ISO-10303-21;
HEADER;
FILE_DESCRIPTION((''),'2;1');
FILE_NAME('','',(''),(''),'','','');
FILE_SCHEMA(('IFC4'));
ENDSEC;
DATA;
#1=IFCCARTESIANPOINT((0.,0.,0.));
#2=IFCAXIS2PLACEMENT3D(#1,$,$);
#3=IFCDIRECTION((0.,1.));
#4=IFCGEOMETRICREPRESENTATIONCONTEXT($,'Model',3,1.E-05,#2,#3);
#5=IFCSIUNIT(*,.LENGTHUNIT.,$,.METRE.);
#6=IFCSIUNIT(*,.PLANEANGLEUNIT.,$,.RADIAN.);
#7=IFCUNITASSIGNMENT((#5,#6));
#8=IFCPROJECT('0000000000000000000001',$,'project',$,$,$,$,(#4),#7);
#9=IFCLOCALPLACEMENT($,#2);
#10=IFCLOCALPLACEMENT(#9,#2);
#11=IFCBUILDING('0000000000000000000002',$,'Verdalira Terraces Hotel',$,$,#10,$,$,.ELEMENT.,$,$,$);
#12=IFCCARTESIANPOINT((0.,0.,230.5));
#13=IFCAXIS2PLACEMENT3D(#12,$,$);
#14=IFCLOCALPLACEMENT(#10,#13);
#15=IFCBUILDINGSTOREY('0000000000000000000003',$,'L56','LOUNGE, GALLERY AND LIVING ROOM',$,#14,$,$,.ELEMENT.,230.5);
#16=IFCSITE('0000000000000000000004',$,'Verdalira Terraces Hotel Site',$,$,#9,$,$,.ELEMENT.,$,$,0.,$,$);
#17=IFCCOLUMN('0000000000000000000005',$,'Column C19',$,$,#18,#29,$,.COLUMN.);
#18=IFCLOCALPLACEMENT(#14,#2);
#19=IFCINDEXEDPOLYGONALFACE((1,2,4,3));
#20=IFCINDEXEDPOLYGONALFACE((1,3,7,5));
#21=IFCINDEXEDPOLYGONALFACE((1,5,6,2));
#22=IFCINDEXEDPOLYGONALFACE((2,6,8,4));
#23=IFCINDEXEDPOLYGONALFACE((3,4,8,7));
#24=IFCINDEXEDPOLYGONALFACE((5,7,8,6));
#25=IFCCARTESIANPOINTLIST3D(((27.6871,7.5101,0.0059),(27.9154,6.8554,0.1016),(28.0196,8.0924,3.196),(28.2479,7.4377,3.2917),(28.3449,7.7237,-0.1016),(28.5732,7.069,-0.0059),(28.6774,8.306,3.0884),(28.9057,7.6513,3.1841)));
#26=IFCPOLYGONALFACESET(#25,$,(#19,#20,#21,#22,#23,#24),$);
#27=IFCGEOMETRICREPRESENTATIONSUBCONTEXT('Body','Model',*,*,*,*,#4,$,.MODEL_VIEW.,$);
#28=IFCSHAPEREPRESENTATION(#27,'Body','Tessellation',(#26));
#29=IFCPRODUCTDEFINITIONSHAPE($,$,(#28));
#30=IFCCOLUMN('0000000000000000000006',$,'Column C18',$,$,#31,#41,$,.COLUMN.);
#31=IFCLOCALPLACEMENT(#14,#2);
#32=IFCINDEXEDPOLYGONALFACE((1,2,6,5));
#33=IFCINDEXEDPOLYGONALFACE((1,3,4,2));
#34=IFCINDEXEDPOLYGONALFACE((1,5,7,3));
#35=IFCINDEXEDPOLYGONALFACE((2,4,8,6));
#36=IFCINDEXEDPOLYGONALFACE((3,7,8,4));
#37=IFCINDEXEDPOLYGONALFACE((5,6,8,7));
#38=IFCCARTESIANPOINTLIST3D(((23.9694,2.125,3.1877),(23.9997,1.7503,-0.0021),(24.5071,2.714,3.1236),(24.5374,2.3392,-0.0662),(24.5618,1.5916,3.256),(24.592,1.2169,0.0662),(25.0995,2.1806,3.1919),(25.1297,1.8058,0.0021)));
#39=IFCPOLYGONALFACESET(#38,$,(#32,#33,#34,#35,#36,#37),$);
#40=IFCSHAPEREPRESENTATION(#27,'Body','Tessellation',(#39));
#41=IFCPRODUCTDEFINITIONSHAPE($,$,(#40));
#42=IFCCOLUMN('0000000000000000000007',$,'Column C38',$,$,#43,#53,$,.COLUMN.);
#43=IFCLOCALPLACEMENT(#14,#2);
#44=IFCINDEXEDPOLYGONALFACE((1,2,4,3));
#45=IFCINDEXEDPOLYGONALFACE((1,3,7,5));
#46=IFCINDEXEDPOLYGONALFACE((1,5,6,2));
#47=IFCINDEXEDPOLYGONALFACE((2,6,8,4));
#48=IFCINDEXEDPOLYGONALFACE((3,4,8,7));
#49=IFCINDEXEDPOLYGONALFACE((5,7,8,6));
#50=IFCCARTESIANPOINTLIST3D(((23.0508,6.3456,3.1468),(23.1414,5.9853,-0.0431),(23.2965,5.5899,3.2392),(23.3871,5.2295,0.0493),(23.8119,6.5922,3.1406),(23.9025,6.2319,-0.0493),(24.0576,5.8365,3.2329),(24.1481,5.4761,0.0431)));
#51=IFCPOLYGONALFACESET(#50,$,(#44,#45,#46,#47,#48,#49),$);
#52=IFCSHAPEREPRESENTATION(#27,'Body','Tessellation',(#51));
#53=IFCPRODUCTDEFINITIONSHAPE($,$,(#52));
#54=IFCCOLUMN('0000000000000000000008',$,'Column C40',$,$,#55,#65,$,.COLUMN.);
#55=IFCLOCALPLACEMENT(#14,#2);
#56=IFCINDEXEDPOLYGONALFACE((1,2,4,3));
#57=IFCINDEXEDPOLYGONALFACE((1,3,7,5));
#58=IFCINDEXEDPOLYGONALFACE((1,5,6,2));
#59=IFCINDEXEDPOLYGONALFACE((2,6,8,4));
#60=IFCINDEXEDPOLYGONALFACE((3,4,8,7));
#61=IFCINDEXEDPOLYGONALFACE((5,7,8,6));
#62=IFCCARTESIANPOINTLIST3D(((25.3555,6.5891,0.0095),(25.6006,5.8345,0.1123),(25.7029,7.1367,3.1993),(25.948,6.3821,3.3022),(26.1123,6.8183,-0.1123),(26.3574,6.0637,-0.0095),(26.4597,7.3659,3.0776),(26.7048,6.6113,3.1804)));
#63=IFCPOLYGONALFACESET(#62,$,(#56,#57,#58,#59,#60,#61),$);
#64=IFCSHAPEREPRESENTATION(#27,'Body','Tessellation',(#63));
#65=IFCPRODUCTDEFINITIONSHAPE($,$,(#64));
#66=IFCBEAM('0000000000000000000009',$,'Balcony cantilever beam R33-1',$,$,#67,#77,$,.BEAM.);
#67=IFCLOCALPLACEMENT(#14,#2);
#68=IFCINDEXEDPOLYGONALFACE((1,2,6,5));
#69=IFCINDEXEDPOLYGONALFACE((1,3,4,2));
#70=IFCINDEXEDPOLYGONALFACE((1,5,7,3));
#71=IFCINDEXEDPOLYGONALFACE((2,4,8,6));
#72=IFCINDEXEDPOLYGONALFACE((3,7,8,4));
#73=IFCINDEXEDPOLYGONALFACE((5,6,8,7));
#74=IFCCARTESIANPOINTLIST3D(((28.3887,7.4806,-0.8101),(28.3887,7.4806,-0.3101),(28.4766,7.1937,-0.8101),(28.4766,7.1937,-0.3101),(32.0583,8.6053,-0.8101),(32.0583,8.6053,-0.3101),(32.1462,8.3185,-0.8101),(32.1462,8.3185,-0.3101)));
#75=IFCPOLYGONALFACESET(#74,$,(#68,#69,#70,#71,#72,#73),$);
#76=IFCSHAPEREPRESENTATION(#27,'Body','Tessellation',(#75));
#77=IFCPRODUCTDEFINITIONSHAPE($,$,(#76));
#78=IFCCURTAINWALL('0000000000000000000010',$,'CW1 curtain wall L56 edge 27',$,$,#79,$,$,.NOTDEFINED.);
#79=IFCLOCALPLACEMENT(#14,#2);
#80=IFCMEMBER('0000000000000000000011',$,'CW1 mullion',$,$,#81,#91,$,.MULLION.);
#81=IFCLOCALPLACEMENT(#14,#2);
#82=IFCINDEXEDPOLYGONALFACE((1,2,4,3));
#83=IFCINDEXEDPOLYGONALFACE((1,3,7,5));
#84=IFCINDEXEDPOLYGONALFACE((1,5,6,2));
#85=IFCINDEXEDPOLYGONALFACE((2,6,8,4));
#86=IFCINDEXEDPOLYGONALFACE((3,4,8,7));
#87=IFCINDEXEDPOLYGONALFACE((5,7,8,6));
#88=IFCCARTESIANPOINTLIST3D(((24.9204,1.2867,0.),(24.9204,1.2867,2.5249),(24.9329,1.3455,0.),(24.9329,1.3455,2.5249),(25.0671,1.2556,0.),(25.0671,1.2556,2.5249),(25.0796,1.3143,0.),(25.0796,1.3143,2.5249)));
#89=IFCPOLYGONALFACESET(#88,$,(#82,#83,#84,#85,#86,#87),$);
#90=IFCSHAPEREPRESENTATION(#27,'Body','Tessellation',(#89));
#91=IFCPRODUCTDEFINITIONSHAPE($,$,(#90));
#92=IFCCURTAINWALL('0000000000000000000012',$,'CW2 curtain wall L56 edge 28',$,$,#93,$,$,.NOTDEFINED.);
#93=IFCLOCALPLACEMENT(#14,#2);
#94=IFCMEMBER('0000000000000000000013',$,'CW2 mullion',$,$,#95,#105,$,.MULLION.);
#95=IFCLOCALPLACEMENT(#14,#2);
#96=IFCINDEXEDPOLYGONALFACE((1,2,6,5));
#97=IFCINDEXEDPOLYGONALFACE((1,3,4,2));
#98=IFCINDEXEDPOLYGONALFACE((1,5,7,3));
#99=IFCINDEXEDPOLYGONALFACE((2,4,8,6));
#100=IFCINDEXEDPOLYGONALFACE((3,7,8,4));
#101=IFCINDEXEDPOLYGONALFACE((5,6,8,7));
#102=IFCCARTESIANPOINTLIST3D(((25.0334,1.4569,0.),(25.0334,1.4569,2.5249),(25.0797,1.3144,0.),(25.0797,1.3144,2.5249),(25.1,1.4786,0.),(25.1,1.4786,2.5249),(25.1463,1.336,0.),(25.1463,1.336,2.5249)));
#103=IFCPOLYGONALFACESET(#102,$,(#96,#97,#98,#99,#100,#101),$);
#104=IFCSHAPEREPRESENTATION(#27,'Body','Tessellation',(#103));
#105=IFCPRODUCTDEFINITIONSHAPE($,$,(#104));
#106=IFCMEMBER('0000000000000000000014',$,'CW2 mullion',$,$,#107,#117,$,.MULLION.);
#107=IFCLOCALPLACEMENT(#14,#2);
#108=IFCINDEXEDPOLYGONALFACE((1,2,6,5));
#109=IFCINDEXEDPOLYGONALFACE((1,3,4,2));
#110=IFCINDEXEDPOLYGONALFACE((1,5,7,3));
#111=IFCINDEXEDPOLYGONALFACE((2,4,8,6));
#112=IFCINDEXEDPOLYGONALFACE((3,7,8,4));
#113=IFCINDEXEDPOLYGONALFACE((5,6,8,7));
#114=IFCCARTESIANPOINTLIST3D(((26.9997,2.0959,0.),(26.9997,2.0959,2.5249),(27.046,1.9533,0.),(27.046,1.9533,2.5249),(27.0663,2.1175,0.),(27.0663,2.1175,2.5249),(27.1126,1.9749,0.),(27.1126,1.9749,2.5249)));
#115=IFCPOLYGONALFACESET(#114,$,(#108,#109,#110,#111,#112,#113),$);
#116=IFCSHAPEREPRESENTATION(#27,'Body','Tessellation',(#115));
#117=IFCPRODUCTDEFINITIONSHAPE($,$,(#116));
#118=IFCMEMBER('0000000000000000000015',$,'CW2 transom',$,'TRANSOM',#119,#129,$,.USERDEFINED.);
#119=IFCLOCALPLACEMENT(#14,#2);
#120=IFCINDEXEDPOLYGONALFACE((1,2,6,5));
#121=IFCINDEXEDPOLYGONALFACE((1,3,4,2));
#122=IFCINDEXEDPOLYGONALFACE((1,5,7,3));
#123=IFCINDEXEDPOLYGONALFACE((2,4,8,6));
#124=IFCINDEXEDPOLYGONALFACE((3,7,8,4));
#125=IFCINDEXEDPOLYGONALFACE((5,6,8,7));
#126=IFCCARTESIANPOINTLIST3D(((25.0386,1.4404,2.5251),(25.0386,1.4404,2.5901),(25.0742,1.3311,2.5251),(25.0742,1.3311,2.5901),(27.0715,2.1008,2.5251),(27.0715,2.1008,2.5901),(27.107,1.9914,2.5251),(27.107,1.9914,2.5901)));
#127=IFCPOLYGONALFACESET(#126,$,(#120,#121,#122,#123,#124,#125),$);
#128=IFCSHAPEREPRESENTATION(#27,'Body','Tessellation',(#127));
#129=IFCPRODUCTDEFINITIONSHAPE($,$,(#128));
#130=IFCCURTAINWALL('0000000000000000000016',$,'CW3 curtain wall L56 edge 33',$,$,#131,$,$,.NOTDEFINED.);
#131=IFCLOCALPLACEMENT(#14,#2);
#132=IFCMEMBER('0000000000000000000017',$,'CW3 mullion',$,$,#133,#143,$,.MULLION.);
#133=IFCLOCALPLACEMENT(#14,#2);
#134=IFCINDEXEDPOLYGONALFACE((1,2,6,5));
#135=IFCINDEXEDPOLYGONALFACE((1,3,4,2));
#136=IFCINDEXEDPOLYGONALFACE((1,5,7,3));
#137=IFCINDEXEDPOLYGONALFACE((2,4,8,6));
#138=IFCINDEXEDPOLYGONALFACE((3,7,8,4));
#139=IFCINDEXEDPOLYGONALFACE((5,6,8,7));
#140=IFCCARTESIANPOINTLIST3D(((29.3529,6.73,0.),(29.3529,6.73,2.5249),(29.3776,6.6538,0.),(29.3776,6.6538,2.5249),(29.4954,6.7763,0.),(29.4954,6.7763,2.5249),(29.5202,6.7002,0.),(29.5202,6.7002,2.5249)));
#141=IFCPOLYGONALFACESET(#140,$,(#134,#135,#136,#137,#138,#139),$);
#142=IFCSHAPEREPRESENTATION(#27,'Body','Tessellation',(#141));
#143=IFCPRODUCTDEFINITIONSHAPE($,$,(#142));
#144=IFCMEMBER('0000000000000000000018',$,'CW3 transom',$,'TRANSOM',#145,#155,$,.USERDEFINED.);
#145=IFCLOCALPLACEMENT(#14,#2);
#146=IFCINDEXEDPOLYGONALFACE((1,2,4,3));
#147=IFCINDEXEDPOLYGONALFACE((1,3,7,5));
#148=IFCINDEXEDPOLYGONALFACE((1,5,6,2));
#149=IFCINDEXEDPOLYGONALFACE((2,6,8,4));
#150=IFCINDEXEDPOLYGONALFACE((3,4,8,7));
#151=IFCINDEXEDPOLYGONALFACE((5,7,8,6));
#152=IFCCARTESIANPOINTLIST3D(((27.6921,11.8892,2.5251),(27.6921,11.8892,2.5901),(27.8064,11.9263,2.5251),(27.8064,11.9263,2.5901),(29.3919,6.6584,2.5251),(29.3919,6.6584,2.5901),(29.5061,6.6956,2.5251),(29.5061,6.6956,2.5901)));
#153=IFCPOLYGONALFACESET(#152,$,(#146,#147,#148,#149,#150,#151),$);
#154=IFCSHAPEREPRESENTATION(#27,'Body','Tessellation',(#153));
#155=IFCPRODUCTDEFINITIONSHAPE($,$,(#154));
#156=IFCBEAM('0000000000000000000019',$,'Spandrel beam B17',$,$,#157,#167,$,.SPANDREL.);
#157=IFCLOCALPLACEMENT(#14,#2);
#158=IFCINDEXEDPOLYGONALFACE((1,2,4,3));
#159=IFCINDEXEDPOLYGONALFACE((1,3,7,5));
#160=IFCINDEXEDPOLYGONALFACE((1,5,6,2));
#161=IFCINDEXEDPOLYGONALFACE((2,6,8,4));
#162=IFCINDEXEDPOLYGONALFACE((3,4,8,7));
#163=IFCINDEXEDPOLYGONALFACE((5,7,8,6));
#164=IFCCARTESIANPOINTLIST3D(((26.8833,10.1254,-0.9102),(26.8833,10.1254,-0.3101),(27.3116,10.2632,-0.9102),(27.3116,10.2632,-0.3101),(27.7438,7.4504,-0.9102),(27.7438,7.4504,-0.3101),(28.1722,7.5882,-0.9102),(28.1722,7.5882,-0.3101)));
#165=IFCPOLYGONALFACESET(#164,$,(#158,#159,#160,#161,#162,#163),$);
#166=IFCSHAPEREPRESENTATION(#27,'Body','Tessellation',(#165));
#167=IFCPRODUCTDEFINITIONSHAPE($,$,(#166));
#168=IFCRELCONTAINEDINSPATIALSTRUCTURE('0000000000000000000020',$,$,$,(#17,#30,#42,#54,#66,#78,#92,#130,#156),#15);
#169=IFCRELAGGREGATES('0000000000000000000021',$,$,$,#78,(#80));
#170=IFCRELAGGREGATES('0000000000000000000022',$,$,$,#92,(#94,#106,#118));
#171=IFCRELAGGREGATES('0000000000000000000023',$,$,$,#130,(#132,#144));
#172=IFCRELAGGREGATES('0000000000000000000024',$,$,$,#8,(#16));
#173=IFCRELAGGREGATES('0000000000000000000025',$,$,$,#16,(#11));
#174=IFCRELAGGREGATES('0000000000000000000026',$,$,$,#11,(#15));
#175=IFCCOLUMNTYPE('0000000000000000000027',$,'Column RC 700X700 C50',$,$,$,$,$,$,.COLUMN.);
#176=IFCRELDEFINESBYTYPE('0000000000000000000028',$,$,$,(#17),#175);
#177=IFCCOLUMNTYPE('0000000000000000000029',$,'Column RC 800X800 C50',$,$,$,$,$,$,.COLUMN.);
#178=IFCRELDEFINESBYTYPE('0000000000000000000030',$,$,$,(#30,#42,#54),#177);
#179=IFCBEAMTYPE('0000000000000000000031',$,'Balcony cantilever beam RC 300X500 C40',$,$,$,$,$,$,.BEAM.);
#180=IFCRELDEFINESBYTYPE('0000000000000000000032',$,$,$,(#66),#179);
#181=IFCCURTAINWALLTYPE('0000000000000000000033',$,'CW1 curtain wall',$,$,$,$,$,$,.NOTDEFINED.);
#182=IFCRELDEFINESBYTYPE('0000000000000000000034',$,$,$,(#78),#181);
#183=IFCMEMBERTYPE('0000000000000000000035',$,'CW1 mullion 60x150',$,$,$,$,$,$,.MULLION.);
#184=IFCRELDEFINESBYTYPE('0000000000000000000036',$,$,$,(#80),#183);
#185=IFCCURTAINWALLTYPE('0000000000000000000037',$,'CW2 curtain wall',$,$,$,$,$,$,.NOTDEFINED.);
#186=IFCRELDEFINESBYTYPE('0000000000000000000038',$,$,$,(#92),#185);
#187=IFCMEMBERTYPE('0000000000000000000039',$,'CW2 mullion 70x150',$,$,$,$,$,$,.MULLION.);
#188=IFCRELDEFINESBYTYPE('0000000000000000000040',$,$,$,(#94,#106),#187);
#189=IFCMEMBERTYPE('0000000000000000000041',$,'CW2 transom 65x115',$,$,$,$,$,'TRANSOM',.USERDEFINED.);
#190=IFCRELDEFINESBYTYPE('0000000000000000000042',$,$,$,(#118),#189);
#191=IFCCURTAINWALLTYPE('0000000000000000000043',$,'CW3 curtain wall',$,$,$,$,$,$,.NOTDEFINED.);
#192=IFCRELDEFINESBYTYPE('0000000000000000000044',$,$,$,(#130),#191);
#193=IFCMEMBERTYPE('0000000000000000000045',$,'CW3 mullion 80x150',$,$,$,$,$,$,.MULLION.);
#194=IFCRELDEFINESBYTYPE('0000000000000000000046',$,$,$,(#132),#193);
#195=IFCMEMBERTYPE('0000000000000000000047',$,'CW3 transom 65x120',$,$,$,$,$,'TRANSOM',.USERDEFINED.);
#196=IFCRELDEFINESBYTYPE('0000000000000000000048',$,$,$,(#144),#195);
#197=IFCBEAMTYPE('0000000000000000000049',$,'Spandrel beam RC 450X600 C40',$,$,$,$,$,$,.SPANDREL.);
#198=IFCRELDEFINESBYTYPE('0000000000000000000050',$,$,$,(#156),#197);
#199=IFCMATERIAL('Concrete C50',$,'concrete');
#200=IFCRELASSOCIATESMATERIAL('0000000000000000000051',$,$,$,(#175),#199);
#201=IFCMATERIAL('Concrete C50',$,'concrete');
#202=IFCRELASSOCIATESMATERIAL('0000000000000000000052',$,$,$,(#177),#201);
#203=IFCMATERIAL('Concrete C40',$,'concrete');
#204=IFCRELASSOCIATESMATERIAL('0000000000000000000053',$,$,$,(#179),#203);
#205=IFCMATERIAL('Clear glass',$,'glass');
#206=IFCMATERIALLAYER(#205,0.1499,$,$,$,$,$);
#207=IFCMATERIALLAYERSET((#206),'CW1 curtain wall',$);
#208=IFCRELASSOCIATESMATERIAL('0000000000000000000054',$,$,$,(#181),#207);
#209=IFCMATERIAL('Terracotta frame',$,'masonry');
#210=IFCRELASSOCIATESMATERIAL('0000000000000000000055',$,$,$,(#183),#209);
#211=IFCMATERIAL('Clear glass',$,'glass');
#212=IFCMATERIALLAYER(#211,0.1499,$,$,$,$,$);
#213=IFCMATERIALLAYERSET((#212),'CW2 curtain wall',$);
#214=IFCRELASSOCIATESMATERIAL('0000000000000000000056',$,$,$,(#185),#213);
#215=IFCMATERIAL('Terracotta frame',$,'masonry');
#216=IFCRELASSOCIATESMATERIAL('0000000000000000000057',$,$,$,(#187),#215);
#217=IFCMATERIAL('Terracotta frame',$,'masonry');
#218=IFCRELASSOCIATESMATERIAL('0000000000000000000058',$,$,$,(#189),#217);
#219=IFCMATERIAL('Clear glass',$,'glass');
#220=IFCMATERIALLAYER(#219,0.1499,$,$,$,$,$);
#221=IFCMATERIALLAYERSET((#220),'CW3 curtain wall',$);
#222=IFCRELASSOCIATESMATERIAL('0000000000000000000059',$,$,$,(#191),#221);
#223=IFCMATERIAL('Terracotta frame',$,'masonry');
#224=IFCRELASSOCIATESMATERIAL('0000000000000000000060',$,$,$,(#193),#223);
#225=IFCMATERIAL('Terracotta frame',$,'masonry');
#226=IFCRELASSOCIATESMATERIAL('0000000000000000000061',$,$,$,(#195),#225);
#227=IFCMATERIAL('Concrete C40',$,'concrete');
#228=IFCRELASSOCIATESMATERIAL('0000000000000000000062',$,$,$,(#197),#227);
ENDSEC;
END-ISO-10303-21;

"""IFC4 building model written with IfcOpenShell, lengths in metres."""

from ifc_helpers import new_model, si_unit, direction, frame, origin, origin_2d, place, context, subcontext, project, spatial, rectangle, extrude, material, layer, layer_set, material_profile, profile_set, type_object, element, aggregate, save


model = new_model("IFC4")

# Units and contexts
model_context = context("Model", 3, precision=1e-05, world=origin(), true_north=direction((0.0, 1.0)))
body_context = subcontext(model_context, "Body", "Model", "MODEL_VIEW")
ifc_project = project(units=[si_unit("LENGTHUNIT", "METRE"), si_unit("PLANEANGLEUNIT", "RADIAN")], contexts=[model_context])

# Site, building, storey
site_placement = place(None, origin())
site = spatial("IfcSite", under=ifc_project, at=site_placement, Name="Verdalira Terraces Hotel Site", CompositionType="ELEMENT", RefElevation=0.0)
building_placement = place(site_placement, origin())
building = spatial("IfcBuilding", under=site, at=building_placement, Name="Verdalira Terraces Hotel", CompositionType="ELEMENT")
storey_placement = place(building_placement, frame((0.0, 0.0, 230.5)))
storey = spatial("IfcBuildingStorey", under=building, at=storey_placement, Name="L56", Description="LOUNGE, GALLERY AND LIVING ROOM", CompositionType="ELEMENT", Elevation=230.5)

# Columns
ifc_material_1 = material(Name="Concrete C50", Category="concrete")
ifc_material_profile_1 = material_profile(ifc_material_1, rectangle(XDim=0.7, YDim=0.7, at=origin_2d()), Name="RC 700X700")
ifc_profile_set_1 = profile_set([ifc_material_profile_1], Name="Concrete C50")
column_type_1 = type_object("IfcColumnType", Name="Column RC 700X700 C50", PredefinedType="COLUMN", material=ifc_profile_set_1)
column_1_placement = place(storey_placement, frame((28.1301, 7.2896, 0.0), z_axis=(0.102011, 0.178631, 0.978614), x_axis=(-0.326142, 0.935378, -0.136742)))
element("IfcColumn", 1, at=column_1_placement, inside=storey, type_object=column_type_1, Name="Column C19", PredefinedType="COLUMN", context=body_context, shape_type="SweptSolid", body=[
    extrude(rectangle(XDim=0.7, YDim=0.7, at=origin_2d()), origin(), (0.0, 0.0, 1.0), 3.2598),
])
ifc_material_2 = material(Name="Concrete C50", Category="concrete")
ifc_material_profile_2 = material_profile(ifc_material_2, rectangle(XDim=0.8, YDim=0.8, at=origin_2d()), Name="RC 800X800")
ifc_profile_set_2 = profile_set([ifc_material_profile_2], Name="Concrete C50")
column_type_2 = type_object("IfcColumnType", Name="Column RC 800X800 C50", PredefinedType="COLUMN", material=ifc_profile_set_2)
column_2_placement = place(storey_placement, frame((24.5647, 1.7781, 0.0), z_axis=(-0.009425, 0.116673, 0.993126), x_axis=(-0.672082, -0.736131, 0.080103)))
element("IfcColumn", 2, at=column_2_placement, inside=storey, type_object=column_type_2, Name="Column C18", PredefinedType="COLUMN", context=body_context, shape_type="SweptSolid", body=[
    extrude(rectangle(XDim=0.8, YDim=0.8, at=origin_2d()), origin(), (0.0, 0.0, 1.0), 3.2119),
])
column_3_placement = place(storey_placement, frame((23.6448, 5.7307, 0.0), z_axis=(-0.028204, 0.112206, 0.993285), x_axis=(0.951278, 0.308235, -0.007809)))
element("IfcColumn", 3, at=column_3_placement, inside=storey, type_object=column_type_2, Name="Column C38", PredefinedType="COLUMN", context=body_context, shape_type="SweptSolid", body=[
    extrude(rectangle(XDim=0.8, YDim=0.8, at=origin_2d()), origin(), (0.0, 0.0, 1.0), 3.2114),
])
column_4_placement = place(storey_placement, frame((25.8564, 6.3264, 0.0), z_axis=(0.106725, 0.168226, 0.979954), x_axis=(0.945903, 0.286534, -0.152205)))
element("IfcColumn", 4, at=column_4_placement, inside=storey, type_object=column_type_2, Name="Column C40", PredefinedType="COLUMN", context=body_context, shape_type="SweptSolid", body=[
    extrude(rectangle(XDim=0.8, YDim=0.8, at=origin_2d()), origin(), (0.0, 0.0, 1.0), 3.2551),
])

# Beam
ifc_material_3 = material(Name="Concrete C40", Category="concrete")
ifc_material_profile_3 = material_profile(ifc_material_3, rectangle(XDim=0.3, YDim=0.5, at=origin_2d()), Name="RC 300X500")
ifc_profile_set_3 = profile_set([ifc_material_profile_3], Name="Concrete C40")
beam_type_1 = type_object("IfcBeamType", Name="Balcony cantilever beam RC 300X500 C40", PredefinedType="BEAM", material=ifc_profile_set_3)
beam_1_placement = place(storey_placement, frame((28.4326, 7.3372, -0.5601), z_axis=(0.956099, 0.293044, 0.0), x_axis=(-0.293044, 0.956099, 0.0)))
element("IfcBeam", 5, at=beam_1_placement, inside=storey, type_object=beam_type_1, Name="Balcony cantilever beam R33-1", PredefinedType="BEAM", context=body_context, shape_type="SweptSolid", body=[
    extrude(rectangle(XDim=0.3, YDim=0.5, at=origin_2d()), origin(), (0.0, 0.0, 1.0), 3.8381),
])

# Curtain wall, member
ifc_material_4 = material(Name="Clear glass", Category="glass")
ifc_layer_1 = layer(ifc_material_4, 0.1499)
ifc_layer_set_1 = layer_set([ifc_layer_1], Name="CW1 curtain wall")
curtain_wall_type_1 = type_object("IfcCurtainWallType", Name="CW1 curtain wall", PredefinedType="NOTDEFINED", material=ifc_layer_set_1)
curtain_wall_1_placement = place(storey_placement, origin())
curtain_wall_1 = element("IfcCurtainWall", 6, at=curtain_wall_1_placement, inside=storey, type_object=curtain_wall_type_1, Name="CW1 curtain wall L56 edge 27", PredefinedType="NOTDEFINED")
ifc_material_5 = material(Name="Terracotta frame", Category="masonry")
ifc_material_profile_4 = material_profile(ifc_material_5, rectangle(XDim=0.0601, YDim=0.1499, at=origin_2d()), Name="MU 60x150")
ifc_profile_set_4 = profile_set([ifc_material_profile_4], Name="Terracotta frame")
member_type_1 = type_object("IfcMemberType", Name="CW1 mullion 60x150", PredefinedType="MULLION", material=ifc_profile_set_4)
member_1_placement = place(storey_placement, frame((25.0, 1.3005, 0.0), z_axis=(0.0, 0.0, 1.0), x_axis=(0.207912, 0.978148, 0.0)))
member_1 = element("IfcMember", 7, at=member_1_placement, type_object=member_type_1, Name="CW1 mullion", PredefinedType="MULLION", context=body_context, shape_type="SweptSolid", body=[
    extrude(rectangle(XDim=0.0601, YDim=0.1499, at=origin_2d()), origin(), (0.0, 0.0, 1.0), 2.5249),
])
aggregate(curtain_wall_1, [member_1])

# Curtain walls, members
ifc_material_6 = material(Name="Clear glass", Category="glass")
ifc_layer_2 = layer(ifc_material_6, 0.1499)
ifc_layer_set_2 = layer_set([ifc_layer_2], Name="CW2 curtain wall")
curtain_wall_type_2 = type_object("IfcCurtainWallType", Name="CW2 curtain wall", PredefinedType="NOTDEFINED", material=ifc_layer_set_2)
curtain_wall_2_placement = place(storey_placement, origin())
curtain_wall_2 = element("IfcCurtainWall", 8, at=curtain_wall_2_placement, inside=storey, type_object=curtain_wall_type_2, Name="CW2 curtain wall L56 edge 28", PredefinedType="NOTDEFINED")
ifc_material_7 = material(Name="Terracotta frame", Category="masonry")
ifc_material_profile_5 = material_profile(ifc_material_7, rectangle(XDim=0.0701, YDim=0.1499, at=origin_2d()), Name="MU 70x150")
ifc_profile_set_5 = profile_set([ifc_material_profile_5], Name="Terracotta frame")
member_type_2 = type_object("IfcMemberType", Name="CW2 mullion 70x150", PredefinedType="MULLION", material=ifc_profile_set_5)
member_2_placement = place(storey_placement, frame((25.0898, 1.3965, 0.0), z_axis=(0.0, 0.0, 1.0), x_axis=(0.951057, 0.309017, 0.0)))
member_2 = element("IfcMember", 9, at=member_2_placement, type_object=member_type_2, Name="CW2 mullion", PredefinedType="MULLION", context=body_context, shape_type="SweptSolid", body=[
    extrude(rectangle(XDim=0.0701, YDim=0.1499, at=origin_2d()), origin(), (0.0, 0.0, 1.0), 2.5249),
])
member_3_placement = place(storey_placement, frame((27.0562, 2.0354, 0.0), z_axis=(0.0, 0.0, 1.0), x_axis=(0.951057, 0.309017, 0.0)))
member_3 = element("IfcMember", 10, at=member_3_placement, type_object=member_type_2, Name="CW2 mullion", PredefinedType="MULLION", context=body_context, shape_type="SweptSolid", body=[
    extrude(rectangle(XDim=0.0701, YDim=0.1499, at=origin_2d()), origin(), (0.0, 0.0, 1.0), 2.5249),
])
ifc_material_8 = material(Name="Terracotta frame", Category="masonry")
ifc_material_profile_6 = material_profile(ifc_material_8, rectangle(XDim=0.115, YDim=0.0649, at=origin_2d()), Name="TR 65x115")
ifc_profile_set_6 = profile_set([ifc_material_profile_6], Name="Terracotta frame")
member_type_3 = type_object("IfcMemberType", Name="CW2 transom 65x115", ElementType="TRANSOM", PredefinedType="USERDEFINED", material=ifc_profile_set_6)
member_4_placement = place(storey_placement, frame((25.0564, 1.3857, 2.5576), z_axis=(0.951077, 0.308954, 0.0), x_axis=(-0.308954, 0.951077, 0.0)))
member_4 = element("IfcMember", 11, at=member_4_placement, type_object=member_type_3, Name="CW2 transom", ObjectType="TRANSOM", PredefinedType="USERDEFINED", context=body_context, shape_type="SweptSolid", body=[
    extrude(rectangle(XDim=0.115, YDim=0.0649, at=origin_2d()), origin(), (0.0, 0.0, 1.0), 2.1375),
])
ifc_material_9 = material(Name="Clear glass", Category="glass")
ifc_layer_3 = layer(ifc_material_9, 0.1499)
ifc_layer_set_3 = layer_set([ifc_layer_3], Name="CW3 curtain wall")
curtain_wall_type_3 = type_object("IfcCurtainWallType", Name="CW3 curtain wall", PredefinedType="NOTDEFINED", material=ifc_layer_set_3)
curtain_wall_3_placement = place(storey_placement, origin())
curtain_wall_3 = element("IfcCurtainWall", 12, at=curtain_wall_3_placement, inside=storey, type_object=curtain_wall_type_3, Name="CW3 curtain wall L56 edge 33", PredefinedType="NOTDEFINED")
ifc_material_10 = material(Name="Terracotta frame", Category="masonry")
ifc_material_profile_7 = material_profile(ifc_material_10, rectangle(XDim=0.0801, YDim=0.1499, at=origin_2d()), Name="MU 80x150")
ifc_profile_set_7 = profile_set([ifc_material_profile_7], Name="Terracotta frame")
member_type_4 = type_object("IfcMemberType", Name="CW3 mullion 80x150", PredefinedType="MULLION", material=ifc_profile_set_7)
member_5_placement = place(storey_placement, frame((29.4365, 6.7151, 0.0), z_axis=(0.0, 0.0, 1.0), x_axis=(-0.309017, 0.951057, 0.0)))
member_5 = element("IfcMember", 13, at=member_5_placement, type_object=member_type_4, Name="CW3 mullion", PredefinedType="MULLION", context=body_context, shape_type="SweptSolid", body=[
    extrude(rectangle(XDim=0.0801, YDim=0.1499, at=origin_2d()), origin(), (0.0, 0.0, 1.0), 2.5249),
])
ifc_material_11 = material(Name="Terracotta frame", Category="masonry")
ifc_material_profile_8 = material_profile(ifc_material_11, rectangle(XDim=0.1201, YDim=0.0649, at=origin_2d()), Name="TR 65x120")
ifc_profile_set_8 = profile_set([ifc_material_profile_8], Name="Terracotta frame")
member_type_5 = type_object("IfcMemberType", Name="CW3 transom 65x120", ElementType="TRANSOM", PredefinedType="USERDEFINED", material=ifc_profile_set_8)
member_6_placement = place(storey_placement, frame((29.449, 6.677, 2.5576), z_axis=(-0.309041, 0.951049, 0.0), x_axis=(-0.951049, -0.309041, 0.0)))
member_6 = element("IfcMember", 14, at=member_6_placement, type_object=member_type_5, Name="CW3 transom", ObjectType="TRANSOM", PredefinedType="USERDEFINED", context=body_context, shape_type="SweptSolid", body=[
    extrude(rectangle(XDim=0.1201, YDim=0.0649, at=origin_2d()), origin(), (0.0, 0.0, 1.0), 5.5),
])

# Beam
ifc_material_12 = material(Name="Concrete C40", Category="concrete")
ifc_material_profile_9 = material_profile(ifc_material_12, rectangle(XDim=0.45, YDim=0.6001, at=origin_2d()), Name="RC 450X600")
ifc_profile_set_9 = profile_set([ifc_material_profile_9], Name="Concrete C40")
beam_type_2 = type_object("IfcBeamType", Name="Spandrel beam RC 450X600 C40", PredefinedType="SPANDREL", material=ifc_profile_set_9)
beam_2_placement = place(storey_placement, frame((27.958, 7.5193, -0.6101), z_axis=(-0.306254, 0.95195, 0.0), x_axis=(-0.95195, -0.306254, 0.0)))
element("IfcBeam", 15, at=beam_2_placement, inside=storey, type_object=beam_type_2, Name="Spandrel beam B17", PredefinedType="SPANDREL", context=body_context, shape_type="SweptSolid", body=[
    extrude(rectangle(XDim=0.45, YDim=0.6001, at=origin_2d()), origin(), (0.0, 0.0, 1.0), 2.8101),
])

aggregate(curtain_wall_2, [member_2, member_3, member_4])
aggregate(curtain_wall_3, [member_5, member_6])

save(model, "model.ifc")
